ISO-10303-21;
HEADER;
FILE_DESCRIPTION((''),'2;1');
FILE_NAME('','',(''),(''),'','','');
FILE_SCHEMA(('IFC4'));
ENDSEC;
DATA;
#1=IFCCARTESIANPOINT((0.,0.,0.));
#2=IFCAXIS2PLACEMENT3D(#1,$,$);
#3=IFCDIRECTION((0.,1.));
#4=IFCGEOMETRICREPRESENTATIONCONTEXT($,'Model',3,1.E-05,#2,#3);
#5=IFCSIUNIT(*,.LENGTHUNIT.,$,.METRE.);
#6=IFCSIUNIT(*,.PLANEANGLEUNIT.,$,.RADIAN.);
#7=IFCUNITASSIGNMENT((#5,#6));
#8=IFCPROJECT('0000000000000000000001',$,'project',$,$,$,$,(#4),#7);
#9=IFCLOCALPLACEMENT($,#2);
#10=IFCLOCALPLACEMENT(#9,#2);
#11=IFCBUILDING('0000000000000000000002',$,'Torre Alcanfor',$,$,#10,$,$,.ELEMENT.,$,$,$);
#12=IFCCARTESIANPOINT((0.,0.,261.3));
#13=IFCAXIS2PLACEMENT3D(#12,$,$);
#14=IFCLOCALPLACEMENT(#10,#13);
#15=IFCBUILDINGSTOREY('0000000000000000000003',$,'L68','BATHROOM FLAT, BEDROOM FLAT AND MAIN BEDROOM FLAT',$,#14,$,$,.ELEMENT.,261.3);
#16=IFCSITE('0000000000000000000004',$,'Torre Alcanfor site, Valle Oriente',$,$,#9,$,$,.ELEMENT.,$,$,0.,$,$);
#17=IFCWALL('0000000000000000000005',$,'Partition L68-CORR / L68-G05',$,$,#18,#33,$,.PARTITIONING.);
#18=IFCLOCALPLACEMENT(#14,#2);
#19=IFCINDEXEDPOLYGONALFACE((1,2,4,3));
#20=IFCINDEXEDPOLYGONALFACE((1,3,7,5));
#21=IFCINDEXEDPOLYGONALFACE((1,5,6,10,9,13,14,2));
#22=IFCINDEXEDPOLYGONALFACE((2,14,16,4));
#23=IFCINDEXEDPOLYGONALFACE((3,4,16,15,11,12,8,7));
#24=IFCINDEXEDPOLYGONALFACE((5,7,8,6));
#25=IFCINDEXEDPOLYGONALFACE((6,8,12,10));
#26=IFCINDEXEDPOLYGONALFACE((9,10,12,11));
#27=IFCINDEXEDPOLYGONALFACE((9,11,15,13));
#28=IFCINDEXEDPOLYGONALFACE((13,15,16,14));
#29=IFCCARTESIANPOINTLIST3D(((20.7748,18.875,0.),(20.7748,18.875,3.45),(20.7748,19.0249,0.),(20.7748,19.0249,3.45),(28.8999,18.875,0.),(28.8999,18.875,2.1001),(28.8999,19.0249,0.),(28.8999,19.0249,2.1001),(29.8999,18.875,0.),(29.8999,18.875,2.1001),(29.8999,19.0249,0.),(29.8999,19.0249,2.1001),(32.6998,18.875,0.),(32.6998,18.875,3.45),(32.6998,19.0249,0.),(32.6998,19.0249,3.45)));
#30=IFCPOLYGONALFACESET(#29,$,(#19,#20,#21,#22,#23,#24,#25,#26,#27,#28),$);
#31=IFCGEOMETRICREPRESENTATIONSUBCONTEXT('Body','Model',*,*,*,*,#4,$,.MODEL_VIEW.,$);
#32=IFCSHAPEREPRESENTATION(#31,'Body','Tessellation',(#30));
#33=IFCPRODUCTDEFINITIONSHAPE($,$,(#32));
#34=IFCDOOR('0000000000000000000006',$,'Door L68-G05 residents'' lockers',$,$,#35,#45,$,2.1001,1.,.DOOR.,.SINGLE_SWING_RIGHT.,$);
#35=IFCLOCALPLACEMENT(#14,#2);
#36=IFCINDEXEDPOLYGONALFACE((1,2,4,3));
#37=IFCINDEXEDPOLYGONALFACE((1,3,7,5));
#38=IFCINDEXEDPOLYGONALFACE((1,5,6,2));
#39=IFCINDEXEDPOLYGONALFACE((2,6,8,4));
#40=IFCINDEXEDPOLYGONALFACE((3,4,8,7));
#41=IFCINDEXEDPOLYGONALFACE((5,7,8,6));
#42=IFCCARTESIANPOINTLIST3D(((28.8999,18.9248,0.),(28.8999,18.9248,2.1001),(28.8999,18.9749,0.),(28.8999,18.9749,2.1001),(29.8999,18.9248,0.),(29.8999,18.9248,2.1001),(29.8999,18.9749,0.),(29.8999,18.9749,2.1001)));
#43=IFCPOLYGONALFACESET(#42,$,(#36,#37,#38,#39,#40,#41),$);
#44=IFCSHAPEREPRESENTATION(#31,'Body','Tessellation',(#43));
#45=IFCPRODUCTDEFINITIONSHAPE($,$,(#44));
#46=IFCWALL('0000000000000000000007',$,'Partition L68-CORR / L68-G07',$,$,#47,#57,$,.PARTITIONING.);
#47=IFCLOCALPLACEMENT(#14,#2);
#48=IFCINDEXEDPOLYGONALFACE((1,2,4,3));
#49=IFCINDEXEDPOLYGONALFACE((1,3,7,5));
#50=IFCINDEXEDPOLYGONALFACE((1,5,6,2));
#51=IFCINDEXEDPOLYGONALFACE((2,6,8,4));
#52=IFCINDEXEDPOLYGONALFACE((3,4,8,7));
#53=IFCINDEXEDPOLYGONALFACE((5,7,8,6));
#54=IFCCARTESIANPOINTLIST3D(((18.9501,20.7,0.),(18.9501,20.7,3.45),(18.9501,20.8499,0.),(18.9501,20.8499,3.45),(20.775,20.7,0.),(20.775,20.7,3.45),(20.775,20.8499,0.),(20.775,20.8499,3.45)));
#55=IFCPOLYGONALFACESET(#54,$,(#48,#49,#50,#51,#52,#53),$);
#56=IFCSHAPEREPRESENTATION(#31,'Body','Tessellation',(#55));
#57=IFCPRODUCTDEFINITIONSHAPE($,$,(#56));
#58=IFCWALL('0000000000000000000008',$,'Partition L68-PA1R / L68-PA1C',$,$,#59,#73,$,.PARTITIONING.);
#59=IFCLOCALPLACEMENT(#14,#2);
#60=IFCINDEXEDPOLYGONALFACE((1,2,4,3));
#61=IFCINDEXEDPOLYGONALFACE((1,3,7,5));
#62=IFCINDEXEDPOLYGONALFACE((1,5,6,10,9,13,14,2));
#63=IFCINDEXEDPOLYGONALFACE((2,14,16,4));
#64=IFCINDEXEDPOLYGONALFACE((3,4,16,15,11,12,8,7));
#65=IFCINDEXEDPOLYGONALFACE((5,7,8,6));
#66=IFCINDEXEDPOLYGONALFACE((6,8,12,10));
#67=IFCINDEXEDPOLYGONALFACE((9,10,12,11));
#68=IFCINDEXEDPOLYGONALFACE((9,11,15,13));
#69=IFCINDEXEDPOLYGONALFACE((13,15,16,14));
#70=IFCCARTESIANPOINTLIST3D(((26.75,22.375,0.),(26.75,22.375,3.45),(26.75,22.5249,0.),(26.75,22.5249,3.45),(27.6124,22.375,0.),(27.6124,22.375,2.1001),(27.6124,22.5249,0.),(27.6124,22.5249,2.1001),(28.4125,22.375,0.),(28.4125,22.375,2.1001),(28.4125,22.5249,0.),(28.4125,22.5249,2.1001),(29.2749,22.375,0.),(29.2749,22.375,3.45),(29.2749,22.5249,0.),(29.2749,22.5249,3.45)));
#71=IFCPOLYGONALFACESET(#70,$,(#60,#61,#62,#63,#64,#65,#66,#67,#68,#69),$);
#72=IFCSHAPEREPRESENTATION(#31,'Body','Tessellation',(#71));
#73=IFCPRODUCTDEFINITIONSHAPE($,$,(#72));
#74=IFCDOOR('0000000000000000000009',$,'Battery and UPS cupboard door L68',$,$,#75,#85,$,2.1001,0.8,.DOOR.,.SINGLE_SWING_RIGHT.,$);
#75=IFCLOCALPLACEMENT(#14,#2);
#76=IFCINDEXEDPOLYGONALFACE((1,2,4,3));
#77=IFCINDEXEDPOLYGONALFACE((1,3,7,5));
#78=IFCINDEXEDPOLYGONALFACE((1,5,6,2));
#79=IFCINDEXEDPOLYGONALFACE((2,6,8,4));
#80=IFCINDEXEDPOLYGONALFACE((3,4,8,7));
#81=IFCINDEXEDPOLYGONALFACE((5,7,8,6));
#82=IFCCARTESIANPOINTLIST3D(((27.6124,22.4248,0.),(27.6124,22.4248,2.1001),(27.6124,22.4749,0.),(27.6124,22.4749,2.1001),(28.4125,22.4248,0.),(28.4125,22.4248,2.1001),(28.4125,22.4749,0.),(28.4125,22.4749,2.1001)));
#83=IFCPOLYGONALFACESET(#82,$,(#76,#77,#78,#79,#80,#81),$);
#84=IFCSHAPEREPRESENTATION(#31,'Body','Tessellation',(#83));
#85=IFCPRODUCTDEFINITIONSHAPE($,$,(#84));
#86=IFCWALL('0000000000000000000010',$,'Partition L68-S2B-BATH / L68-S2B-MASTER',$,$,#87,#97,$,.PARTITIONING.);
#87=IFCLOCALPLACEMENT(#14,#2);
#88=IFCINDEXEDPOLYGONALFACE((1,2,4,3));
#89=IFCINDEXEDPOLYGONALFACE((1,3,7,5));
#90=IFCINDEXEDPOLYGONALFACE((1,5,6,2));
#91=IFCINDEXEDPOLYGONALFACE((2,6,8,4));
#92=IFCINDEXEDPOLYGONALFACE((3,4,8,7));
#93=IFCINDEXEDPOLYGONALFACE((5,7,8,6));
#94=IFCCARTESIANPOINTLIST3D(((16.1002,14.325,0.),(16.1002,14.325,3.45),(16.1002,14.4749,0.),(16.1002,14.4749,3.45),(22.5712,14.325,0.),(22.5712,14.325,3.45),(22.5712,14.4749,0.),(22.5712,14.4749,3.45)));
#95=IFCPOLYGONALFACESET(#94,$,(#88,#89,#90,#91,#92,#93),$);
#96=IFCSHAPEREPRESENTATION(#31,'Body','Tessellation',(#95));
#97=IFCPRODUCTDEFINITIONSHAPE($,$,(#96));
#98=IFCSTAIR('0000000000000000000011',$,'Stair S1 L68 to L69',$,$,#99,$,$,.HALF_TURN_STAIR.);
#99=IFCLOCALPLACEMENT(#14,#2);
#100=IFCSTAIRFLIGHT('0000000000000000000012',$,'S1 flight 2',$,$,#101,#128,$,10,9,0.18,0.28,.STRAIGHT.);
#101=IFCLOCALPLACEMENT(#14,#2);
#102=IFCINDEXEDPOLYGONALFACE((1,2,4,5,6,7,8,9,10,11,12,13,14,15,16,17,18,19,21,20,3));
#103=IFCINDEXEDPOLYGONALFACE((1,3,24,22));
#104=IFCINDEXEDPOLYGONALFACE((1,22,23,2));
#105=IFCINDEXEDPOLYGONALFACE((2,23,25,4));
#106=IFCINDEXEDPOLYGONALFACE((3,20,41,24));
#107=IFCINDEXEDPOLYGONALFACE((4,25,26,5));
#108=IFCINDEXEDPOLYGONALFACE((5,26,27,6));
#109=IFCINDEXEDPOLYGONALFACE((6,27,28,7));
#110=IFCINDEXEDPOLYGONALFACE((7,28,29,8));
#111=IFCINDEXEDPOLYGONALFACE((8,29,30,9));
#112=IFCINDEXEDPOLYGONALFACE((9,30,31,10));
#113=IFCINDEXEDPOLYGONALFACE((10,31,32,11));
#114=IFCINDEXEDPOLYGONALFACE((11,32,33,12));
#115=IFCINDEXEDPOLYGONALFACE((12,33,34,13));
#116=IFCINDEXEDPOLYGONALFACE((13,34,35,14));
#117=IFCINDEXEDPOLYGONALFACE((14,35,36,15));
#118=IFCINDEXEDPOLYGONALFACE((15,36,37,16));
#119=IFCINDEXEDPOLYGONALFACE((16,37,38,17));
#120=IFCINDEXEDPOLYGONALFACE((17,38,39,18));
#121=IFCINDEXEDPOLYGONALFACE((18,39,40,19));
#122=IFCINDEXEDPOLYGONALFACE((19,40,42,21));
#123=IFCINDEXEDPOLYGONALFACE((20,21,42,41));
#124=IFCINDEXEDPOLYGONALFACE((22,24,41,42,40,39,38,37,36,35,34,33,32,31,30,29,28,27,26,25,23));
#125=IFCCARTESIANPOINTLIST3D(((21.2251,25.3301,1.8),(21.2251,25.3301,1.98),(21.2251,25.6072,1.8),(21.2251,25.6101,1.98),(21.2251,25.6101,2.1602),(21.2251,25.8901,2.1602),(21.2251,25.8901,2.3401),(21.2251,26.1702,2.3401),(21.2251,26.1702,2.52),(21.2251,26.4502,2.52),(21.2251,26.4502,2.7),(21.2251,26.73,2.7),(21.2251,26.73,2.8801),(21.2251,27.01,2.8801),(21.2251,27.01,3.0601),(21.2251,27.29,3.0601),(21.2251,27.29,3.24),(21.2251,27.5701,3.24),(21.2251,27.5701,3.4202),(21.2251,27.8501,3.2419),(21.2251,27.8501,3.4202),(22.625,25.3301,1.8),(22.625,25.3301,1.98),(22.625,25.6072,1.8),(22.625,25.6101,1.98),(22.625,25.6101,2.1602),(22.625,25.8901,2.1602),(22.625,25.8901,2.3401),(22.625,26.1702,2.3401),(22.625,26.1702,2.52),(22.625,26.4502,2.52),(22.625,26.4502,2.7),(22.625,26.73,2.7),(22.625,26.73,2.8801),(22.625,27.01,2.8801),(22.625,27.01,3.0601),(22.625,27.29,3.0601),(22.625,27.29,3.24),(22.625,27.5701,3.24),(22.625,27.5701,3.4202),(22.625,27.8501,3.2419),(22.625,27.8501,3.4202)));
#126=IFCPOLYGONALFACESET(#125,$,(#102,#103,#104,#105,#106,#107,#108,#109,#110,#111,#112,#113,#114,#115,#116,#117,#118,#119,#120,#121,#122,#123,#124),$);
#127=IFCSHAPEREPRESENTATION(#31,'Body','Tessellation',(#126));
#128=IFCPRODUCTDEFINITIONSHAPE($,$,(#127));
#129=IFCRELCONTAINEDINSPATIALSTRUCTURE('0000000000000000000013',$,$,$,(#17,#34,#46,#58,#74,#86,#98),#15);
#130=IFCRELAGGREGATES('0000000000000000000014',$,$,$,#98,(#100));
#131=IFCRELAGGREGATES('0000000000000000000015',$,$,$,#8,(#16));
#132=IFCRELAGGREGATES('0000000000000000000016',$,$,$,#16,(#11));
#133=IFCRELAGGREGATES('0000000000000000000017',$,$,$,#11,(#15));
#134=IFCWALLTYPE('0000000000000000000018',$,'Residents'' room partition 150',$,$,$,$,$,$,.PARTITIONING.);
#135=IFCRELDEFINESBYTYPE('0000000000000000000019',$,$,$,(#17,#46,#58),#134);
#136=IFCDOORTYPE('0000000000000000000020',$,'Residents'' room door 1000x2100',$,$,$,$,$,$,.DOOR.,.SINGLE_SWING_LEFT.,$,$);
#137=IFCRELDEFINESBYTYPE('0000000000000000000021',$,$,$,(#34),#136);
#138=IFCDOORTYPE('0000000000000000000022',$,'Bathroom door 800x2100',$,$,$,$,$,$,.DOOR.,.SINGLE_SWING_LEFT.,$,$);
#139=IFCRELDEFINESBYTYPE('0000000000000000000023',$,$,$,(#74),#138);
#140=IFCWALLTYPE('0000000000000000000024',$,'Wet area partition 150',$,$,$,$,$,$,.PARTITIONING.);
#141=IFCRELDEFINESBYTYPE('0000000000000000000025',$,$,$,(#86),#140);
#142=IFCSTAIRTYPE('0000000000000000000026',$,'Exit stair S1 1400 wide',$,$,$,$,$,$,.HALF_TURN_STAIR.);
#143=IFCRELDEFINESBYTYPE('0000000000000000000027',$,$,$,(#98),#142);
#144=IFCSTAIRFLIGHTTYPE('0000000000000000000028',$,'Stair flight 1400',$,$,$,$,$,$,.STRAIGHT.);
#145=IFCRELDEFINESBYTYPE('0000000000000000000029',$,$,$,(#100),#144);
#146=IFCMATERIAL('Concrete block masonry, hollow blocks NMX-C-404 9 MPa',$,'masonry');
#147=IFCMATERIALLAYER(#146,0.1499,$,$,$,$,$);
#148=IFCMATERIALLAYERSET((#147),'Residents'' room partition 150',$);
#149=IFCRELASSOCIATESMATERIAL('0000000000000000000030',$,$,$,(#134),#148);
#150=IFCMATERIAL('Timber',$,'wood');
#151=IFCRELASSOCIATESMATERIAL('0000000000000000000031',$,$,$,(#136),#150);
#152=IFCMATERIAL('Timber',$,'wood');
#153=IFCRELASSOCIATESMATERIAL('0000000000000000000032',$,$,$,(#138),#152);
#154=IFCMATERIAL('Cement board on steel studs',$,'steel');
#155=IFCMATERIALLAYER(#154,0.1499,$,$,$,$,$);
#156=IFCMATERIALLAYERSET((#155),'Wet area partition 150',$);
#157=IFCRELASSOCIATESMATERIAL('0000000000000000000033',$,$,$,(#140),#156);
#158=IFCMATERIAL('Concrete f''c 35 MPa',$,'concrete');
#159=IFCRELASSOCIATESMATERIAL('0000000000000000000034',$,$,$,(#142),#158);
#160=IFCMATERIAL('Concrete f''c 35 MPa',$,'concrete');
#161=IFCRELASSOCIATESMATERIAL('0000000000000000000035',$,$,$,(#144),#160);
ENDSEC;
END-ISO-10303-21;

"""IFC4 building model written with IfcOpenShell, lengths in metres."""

from ifc_helpers import new_model, si_unit, direction, frame, frame_2d, origin, place, context, subcontext, project, spatial, polyline, rectangle, outline, extrude, material, layer, layer_set, type_object, element, fill, aggregate, save


model = new_model("IFC4")

# Units and contexts
model_context = context("Model", 3, precision=1e-05, world=origin(), true_north=direction((0.0, 1.0)))
body_context = subcontext(model_context, "Body", "Model", "MODEL_VIEW")
ifc_project = project(units=[si_unit("LENGTHUNIT", "METRE"), si_unit("PLANEANGLEUNIT", "RADIAN")], contexts=[model_context])

# Site, building, storey
site_placement = place(None, origin())
site = spatial("IfcSite", under=ifc_project, at=site_placement, Name="Torre Alcanfor site, Valle Oriente", CompositionType="ELEMENT", RefElevation=0.0)
building_placement = place(site_placement, origin())
building = spatial("IfcBuilding", under=site, at=building_placement, Name="Torre Alcanfor", CompositionType="ELEMENT")
storey_placement = place(building_placement, frame((0.0, 0.0, 261.3)))
storey = spatial("IfcBuildingStorey", under=building, at=storey_placement, Name="L68", Description="BATHROOM FLAT, BEDROOM FLAT AND MAIN BEDROOM FLAT", CompositionType="ELEMENT", Elevation=261.3)

# Shared definitions
ifc_material_1 = material(Name="Concrete block masonry, hollow blocks NMX-C-404 9 MPa", Category="masonry")
ifc_layer_1 = layer(ifc_material_1, 0.1499)
ifc_layer_set_1 = layer_set([ifc_layer_1], Name="Residents' room partition 150")
wall_type_1 = type_object("IfcWallType", Name="Residents' room partition 150", PredefinedType="PARTITIONING", material=ifc_layer_set_1)

# Wall, opening, door
wall_1_placement = place(storey_placement, frame((20.7749, 18.95, 0.0), z_axis=(0.0, 0.0, 1.0), x_axis=(1.0, 0.0, 0.0)))
wall_1 = element("IfcWall", 1, at=wall_1_placement, inside=storey, type_object=wall_type_1, Name="Partition L68-CORR / L68-G05", PredefinedType="PARTITIONING", context=body_context, shape_type="SweptSolid", body=[
    extrude(rectangle(XDim=11.925, YDim=0.1499, at=frame_2d((5.9624, 0.0))), origin(), (0.0, 0.0, 1.0), 3.45),
])
opening_1_placement = place(wall_1_placement, frame((8.125, 0.0, 0.0)))
opening_1 = element("IfcOpeningElement", 2, at=opening_1_placement, cuts=wall_1, PredefinedType="OPENING", context=body_context, shape_type="SweptSolid", body=[
    extrude(rectangle(XDim=1.0, YDim=2.1001, at=frame_2d((0.5, 1.05))), frame((0.0, 0.085, 0.0), z_axis=(0.0, -1.0, 0.0), x_axis=(1.0, 0.0, 0.0)), (0.0, 0.0, 1.0), 0.1699),
])
ifc_material_2 = material(Name="Timber", Category="wood")
door_type_1 = type_object("IfcDoorType", Name="Residents' room door 1000x2100", OperationType="SINGLE_SWING_LEFT", PredefinedType="DOOR", material=ifc_material_2)
door_1_placement = place(opening_1_placement, origin())
door_1 = element("IfcDoor", 3, at=door_1_placement, inside=storey, type_object=door_type_1, Name="Door L68-G05 residents' lockers", OperationType="SINGLE_SWING_RIGHT", OverallHeight=2.1001, OverallWidth=1.0, PredefinedType="DOOR", context=body_context, shape_type="SweptSolid", body=[
    extrude(rectangle(XDim=1.0, YDim=2.1001, at=frame_2d((0.5, 1.05))), frame((0.0, 0.0249, 0.0), z_axis=(0.0, -1.0, 0.0), x_axis=(1.0, 0.0, 0.0)), (0.0, 0.0, 1.0), 0.05),
])
fill(opening_1, door_1)

# Wall
wall_2_placement = place(storey_placement, frame((18.95, 20.7749, 0.0), z_axis=(0.0, 0.0, 1.0), x_axis=(1.0, 0.0, 0.0)))
element("IfcWall", 4, at=wall_2_placement, inside=storey, type_object=wall_type_1, Name="Partition L68-CORR / L68-G07", PredefinedType="PARTITIONING", context=body_context, shape_type="SweptSolid", body=[
    extrude(rectangle(XDim=1.825, YDim=0.1499, at=frame_2d((0.9126, 0.0))), origin(), (0.0, 0.0, 1.0), 3.45),
])

# Wall, opening, door
wall_3_placement = place(storey_placement, frame((26.75, 22.45, 0.0), z_axis=(0.0, 0.0, 1.0), x_axis=(1.0, 0.0, 0.0)))
wall_3 = element("IfcWall", 5, at=wall_3_placement, inside=storey, type_object=wall_type_1, Name="Partition L68-PA1R / L68-PA1C", PredefinedType="PARTITIONING", context=body_context, shape_type="SweptSolid", body=[
    extrude(rectangle(XDim=2.5249, YDim=0.1499, at=frame_2d((1.2625, 0.0))), origin(), (0.0, 0.0, 1.0), 3.45),
])
opening_2_placement = place(wall_3_placement, frame((0.8625, 0.0, 0.0)))
opening_2 = element("IfcOpeningElement", 6, at=opening_2_placement, cuts=wall_3, PredefinedType="OPENING", context=body_context, shape_type="SweptSolid", body=[
    extrude(rectangle(XDim=0.8, YDim=2.1001, at=frame_2d((0.3999, 1.05))), frame((0.0, 0.085, 0.0), z_axis=(0.0, -1.0, 0.0), x_axis=(1.0, 0.0, 0.0)), (0.0, 0.0, 1.0), 0.1699),
])
ifc_material_3 = material(Name="Timber", Category="wood")
door_type_2 = type_object("IfcDoorType", Name="Bathroom door 800x2100", OperationType="SINGLE_SWING_LEFT", PredefinedType="DOOR", material=ifc_material_3)
door_2_placement = place(opening_2_placement, frame((0.8, 0.0, 0.0), z_axis=(0.0, 0.0, 1.0), x_axis=(-1.0, 0.0, 0.0)))
door_2 = element("IfcDoor", 7, at=door_2_placement, inside=storey, type_object=door_type_2, Name="Battery and UPS cupboard door L68", OperationType="SINGLE_SWING_RIGHT", OverallHeight=2.1001, OverallWidth=0.8, PredefinedType="DOOR", context=body_context, shape_type="SweptSolid", body=[
    extrude(rectangle(XDim=0.8, YDim=2.1001, at=frame_2d((0.4001, 1.05))), frame((0.0, 0.0251, 0.0), z_axis=(0.0, -1.0, 0.0), x_axis=(1.0, 0.0, 0.0)), (0.0, 0.0, 1.0), 0.05),
])
fill(opening_2, door_2)

# Wall
ifc_material_4 = material(Name="Cement board on steel studs", Category="steel")
ifc_layer_2 = layer(ifc_material_4, 0.1499)
ifc_layer_set_2 = layer_set([ifc_layer_2], Name="Wet area partition 150")
wall_type_2 = type_object("IfcWallType", Name="Wet area partition 150", PredefinedType="PARTITIONING", material=ifc_layer_set_2)
wall_4_placement = place(storey_placement, frame((22.571, 14.3999, 0.0), z_axis=(0.0, 0.0, 1.0), x_axis=(-1.0, 0.0, 0.0)))
element("IfcWall", 8, at=wall_4_placement, inside=storey, type_object=wall_type_2, Name="Partition L68-S2B-BATH / L68-S2B-MASTER", PredefinedType="PARTITIONING", context=body_context, shape_type="SweptSolid", body=[
    extrude(rectangle(XDim=6.4709, YDim=0.1499, at=frame_2d((3.2354, 0.0))), origin(), (0.0, 0.0, 1.0), 3.45),
])

# Stair, stair flight
ifc_material_5 = material(Name="Concrete f'c 35 MPa", Category="concrete")
stair_type = type_object("IfcStairType", Name="Exit stair S1 1400 wide", PredefinedType="HALF_TURN_STAIR", material=ifc_material_5)
stair_placement = place(storey_placement, origin())
stair = element("IfcStair", 9, at=stair_placement, inside=storey, type_object=stair_type, Name="Stair S1 L68 to L69", PredefinedType="HALF_TURN_STAIR")
ifc_material_6 = material(Name="Concrete f'c 35 MPa", Category="concrete")
stair_flight_type = type_object("IfcStairFlightType", Name="Stair flight 1400", PredefinedType="STRAIGHT", material=ifc_material_6)
stair_flight_placement = place(storey_placement, frame((21.925, 25.3301, 1.8), z_axis=(0.0, 0.0, 1.0), x_axis=(0.0, 1.0, 0.0)))
stair_flight = element("IfcStairFlight", 10, at=stair_flight_placement, type_object=stair_flight_type, Name="S1 flight 2", NumberOfRisers=10, NumberOfTreads=9, PredefinedType="STRAIGHT", RiserHeight=0.18, TreadLength=0.28, context=body_context, shape_type="SweptSolid", body=[
    extrude(outline(polyline([(0.0, 0.0), (0.0, 0.1799), (0.28, 0.1799), (0.28, 0.3601), (0.5601, 0.3601), (0.5601, 0.54), (0.8401, 0.54), (0.8401, 0.72), (1.1201, 0.72), (1.1201, 0.8999), (1.3999, 0.8999), (1.3999, 1.0801), (1.6799, 1.0801), (1.6799, 1.26), (1.96, 1.26), (1.96, 1.4399), (2.24, 1.4399), (2.24, 1.6201), (2.52, 1.6201), (2.52, 1.8), (2.52, 1.4419), (0.2771, 0.0), (0.0, 0.0)])), frame((0.0, 0.7, 0.0), z_axis=(0.0, -1.0, 0.0), x_axis=(1.0, 0.0, 0.0)), (0.0, 0.0, 1.0), 1.3999),
])
aggregate(stair, [stair_flight])

save(model, "model.ifc")
